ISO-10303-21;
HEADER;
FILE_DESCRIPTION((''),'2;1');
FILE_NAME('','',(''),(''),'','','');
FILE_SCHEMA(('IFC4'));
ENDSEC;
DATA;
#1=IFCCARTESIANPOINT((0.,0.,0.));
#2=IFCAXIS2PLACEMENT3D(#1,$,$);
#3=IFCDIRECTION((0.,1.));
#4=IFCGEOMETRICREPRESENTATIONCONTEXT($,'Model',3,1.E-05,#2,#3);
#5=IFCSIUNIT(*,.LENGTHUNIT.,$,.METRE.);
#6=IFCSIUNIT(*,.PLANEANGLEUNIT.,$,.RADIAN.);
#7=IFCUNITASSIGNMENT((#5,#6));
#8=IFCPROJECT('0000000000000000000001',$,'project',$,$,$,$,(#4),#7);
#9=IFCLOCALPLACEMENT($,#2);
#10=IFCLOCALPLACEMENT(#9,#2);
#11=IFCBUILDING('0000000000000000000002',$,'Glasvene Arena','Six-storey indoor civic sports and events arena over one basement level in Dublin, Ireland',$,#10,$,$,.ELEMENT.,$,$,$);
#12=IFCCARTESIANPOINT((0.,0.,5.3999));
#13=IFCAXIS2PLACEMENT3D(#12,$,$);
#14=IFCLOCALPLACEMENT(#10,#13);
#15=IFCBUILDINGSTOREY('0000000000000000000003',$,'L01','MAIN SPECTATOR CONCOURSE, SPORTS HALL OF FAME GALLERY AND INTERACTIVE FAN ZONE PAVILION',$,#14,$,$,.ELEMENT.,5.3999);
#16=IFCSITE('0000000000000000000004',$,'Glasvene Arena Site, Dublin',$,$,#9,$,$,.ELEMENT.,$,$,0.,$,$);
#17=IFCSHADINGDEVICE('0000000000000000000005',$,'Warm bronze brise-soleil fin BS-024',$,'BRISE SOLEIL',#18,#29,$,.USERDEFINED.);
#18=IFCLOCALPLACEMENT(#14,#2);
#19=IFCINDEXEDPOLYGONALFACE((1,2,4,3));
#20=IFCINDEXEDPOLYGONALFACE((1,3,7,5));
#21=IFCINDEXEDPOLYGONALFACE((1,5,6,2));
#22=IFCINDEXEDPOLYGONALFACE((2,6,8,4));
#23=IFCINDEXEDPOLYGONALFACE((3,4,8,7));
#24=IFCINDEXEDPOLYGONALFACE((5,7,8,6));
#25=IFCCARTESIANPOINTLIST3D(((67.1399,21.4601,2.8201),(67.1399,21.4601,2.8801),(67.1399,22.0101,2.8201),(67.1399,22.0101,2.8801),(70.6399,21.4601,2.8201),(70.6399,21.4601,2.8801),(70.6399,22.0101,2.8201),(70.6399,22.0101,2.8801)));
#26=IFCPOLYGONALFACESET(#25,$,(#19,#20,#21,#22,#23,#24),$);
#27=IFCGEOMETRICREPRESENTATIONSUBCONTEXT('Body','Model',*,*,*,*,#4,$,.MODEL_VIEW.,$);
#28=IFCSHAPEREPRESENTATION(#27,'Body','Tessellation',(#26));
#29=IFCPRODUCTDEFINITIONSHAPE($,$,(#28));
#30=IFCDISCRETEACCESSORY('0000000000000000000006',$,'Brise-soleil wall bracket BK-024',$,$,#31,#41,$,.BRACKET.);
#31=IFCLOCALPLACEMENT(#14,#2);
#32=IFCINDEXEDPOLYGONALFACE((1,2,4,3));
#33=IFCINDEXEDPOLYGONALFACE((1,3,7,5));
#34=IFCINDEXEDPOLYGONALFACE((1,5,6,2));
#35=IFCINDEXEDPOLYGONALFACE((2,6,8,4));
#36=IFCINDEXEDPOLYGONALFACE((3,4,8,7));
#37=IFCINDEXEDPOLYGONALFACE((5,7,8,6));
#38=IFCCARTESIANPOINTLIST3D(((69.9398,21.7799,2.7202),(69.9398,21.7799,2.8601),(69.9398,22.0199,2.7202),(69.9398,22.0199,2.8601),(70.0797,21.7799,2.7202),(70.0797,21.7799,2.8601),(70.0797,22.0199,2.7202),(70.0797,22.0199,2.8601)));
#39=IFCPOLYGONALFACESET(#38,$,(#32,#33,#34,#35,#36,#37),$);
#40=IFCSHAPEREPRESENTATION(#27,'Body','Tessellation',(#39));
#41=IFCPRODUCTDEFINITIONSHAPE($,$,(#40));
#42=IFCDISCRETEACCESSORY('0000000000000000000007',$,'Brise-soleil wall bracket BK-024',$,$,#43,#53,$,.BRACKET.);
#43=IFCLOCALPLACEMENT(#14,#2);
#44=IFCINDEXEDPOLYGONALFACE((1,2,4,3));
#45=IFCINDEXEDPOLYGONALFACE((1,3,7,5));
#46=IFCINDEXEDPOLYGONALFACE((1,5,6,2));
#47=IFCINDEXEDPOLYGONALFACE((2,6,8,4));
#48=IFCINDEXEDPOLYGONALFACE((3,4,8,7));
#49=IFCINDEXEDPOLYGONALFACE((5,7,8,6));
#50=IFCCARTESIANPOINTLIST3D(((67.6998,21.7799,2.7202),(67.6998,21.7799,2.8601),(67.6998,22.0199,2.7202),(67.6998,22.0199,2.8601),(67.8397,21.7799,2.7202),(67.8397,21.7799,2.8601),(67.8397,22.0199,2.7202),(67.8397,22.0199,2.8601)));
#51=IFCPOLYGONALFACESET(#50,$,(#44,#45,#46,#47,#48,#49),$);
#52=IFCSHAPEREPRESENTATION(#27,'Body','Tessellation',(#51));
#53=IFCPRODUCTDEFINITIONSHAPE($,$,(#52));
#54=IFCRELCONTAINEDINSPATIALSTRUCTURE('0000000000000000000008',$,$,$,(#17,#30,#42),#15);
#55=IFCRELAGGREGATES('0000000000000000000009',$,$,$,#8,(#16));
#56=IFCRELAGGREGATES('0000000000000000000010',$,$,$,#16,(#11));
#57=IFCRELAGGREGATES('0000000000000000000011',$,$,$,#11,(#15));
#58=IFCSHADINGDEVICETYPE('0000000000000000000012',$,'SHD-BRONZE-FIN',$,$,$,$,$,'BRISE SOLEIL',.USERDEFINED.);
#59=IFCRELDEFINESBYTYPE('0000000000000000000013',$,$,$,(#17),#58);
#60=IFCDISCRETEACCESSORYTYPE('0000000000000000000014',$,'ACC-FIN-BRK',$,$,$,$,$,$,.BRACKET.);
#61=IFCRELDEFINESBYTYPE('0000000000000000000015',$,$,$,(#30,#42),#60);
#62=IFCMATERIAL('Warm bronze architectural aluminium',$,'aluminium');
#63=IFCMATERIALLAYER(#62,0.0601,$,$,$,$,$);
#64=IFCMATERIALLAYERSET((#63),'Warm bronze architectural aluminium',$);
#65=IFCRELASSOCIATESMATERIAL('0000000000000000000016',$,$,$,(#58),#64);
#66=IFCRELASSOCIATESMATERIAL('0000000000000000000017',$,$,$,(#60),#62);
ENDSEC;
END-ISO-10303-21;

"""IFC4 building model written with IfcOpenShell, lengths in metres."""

from ifc_helpers import new_model, si_unit, direction, frame, origin, origin_2d, place, context, subcontext, project, spatial, rectangle, extrude, material, layer, layer_set, type_object, element, save


model = new_model("IFC4")

# Units and contexts
model_context = context("Model", 3, precision=1e-05, world=origin(), true_north=direction((0.0, 1.0)))
body_context = subcontext(model_context, "Body", "Model", "MODEL_VIEW")
ifc_project = project(units=[si_unit("LENGTHUNIT", "METRE"), si_unit("PLANEANGLEUNIT", "RADIAN")], contexts=[model_context])

# Site, building, storey
site_placement = place(None, origin())
site = spatial("IfcSite", under=ifc_project, at=site_placement, Name="Glasvene Arena Site, Dublin", CompositionType="ELEMENT", RefElevation=0.0)
building_placement = place(site_placement, origin())
building = spatial("IfcBuilding", under=site, at=building_placement, Name="Glasvene Arena", Description="Six-storey indoor civic sports and events arena over one basement level in Dublin, Ireland", CompositionType="ELEMENT")
storey_placement = place(building_placement, frame((0.0, 0.0, 5.3999)))
storey = spatial("IfcBuildingStorey", under=building, at=storey_placement, Name="L01", Description="MAIN SPECTATOR CONCOURSE, SPORTS HALL OF FAME GALLERY AND INTERACTIVE FAN ZONE PAVILION", CompositionType="ELEMENT", Elevation=5.3999)

# Shading device
ifc_material_1 = material(Name="Warm bronze architectural aluminium", Category="aluminium")
ifc_layer_1 = layer(ifc_material_1, 0.0601)
ifc_layer_set_1 = layer_set([ifc_layer_1], Name="Warm bronze architectural aluminium")
shading_device_type = type_object("IfcShadingDeviceType", Name="SHD-BRONZE-FIN", ElementType="BRISE SOLEIL", PredefinedType="USERDEFINED", material=ifc_layer_set_1)
shading_device_placement = place(storey_placement, frame((68.8899, 21.7351, 2.8201), z_axis=(0.0, 0.0, 1.0), x_axis=(-1.0, 0.0, 0.0)))
element("IfcShadingDevice", 1, at=shading_device_placement, inside=storey, type_object=shading_device_type, Name="Warm bronze brise-soleil fin BS-024", ObjectType="BRISE SOLEIL", PredefinedType="USERDEFINED", context=body_context, shape_type="SweptSolid", body=[
    extrude(rectangle(XDim=3.5, YDim=0.55, at=origin_2d()), origin(), (0.0, 0.0, 1.0), 0.0601),
])

# Discrete accessories
discrete_accessory_type = type_object("IfcDiscreteAccessoryType", Name="ACC-FIN-BRK", PredefinedType="BRACKET", material=ifc_material_1)
for number, where, z_axis, x_axis, name in (
    (2, (70.0098, 21.8999, 2.7202), (0.0, 0.0, 1.0), (-1.0, 0.0, 0.0), "Brise-soleil wall bracket BK-024"),
    (3, (67.7698, 21.8999, 2.7202), (0.0, 0.0, 1.0), (-1.0, 0.0, 0.0), "Brise-soleil wall bracket BK-024"),
):
    element("IfcDiscreteAccessory", number, at=place(storey_placement, frame(where, z_axis=z_axis, x_axis=x_axis)), inside=storey, type_object=discrete_accessory_type, Name=name, PredefinedType="BRACKET", context=body_context, shape_type="SweptSolid", body=[
        extrude(rectangle(XDim=0.1399, YDim=0.24, at=origin_2d()), origin(), (0.0, 0.0, 1.0), 0.1399),
    ])

save(model, "model.ifc")
